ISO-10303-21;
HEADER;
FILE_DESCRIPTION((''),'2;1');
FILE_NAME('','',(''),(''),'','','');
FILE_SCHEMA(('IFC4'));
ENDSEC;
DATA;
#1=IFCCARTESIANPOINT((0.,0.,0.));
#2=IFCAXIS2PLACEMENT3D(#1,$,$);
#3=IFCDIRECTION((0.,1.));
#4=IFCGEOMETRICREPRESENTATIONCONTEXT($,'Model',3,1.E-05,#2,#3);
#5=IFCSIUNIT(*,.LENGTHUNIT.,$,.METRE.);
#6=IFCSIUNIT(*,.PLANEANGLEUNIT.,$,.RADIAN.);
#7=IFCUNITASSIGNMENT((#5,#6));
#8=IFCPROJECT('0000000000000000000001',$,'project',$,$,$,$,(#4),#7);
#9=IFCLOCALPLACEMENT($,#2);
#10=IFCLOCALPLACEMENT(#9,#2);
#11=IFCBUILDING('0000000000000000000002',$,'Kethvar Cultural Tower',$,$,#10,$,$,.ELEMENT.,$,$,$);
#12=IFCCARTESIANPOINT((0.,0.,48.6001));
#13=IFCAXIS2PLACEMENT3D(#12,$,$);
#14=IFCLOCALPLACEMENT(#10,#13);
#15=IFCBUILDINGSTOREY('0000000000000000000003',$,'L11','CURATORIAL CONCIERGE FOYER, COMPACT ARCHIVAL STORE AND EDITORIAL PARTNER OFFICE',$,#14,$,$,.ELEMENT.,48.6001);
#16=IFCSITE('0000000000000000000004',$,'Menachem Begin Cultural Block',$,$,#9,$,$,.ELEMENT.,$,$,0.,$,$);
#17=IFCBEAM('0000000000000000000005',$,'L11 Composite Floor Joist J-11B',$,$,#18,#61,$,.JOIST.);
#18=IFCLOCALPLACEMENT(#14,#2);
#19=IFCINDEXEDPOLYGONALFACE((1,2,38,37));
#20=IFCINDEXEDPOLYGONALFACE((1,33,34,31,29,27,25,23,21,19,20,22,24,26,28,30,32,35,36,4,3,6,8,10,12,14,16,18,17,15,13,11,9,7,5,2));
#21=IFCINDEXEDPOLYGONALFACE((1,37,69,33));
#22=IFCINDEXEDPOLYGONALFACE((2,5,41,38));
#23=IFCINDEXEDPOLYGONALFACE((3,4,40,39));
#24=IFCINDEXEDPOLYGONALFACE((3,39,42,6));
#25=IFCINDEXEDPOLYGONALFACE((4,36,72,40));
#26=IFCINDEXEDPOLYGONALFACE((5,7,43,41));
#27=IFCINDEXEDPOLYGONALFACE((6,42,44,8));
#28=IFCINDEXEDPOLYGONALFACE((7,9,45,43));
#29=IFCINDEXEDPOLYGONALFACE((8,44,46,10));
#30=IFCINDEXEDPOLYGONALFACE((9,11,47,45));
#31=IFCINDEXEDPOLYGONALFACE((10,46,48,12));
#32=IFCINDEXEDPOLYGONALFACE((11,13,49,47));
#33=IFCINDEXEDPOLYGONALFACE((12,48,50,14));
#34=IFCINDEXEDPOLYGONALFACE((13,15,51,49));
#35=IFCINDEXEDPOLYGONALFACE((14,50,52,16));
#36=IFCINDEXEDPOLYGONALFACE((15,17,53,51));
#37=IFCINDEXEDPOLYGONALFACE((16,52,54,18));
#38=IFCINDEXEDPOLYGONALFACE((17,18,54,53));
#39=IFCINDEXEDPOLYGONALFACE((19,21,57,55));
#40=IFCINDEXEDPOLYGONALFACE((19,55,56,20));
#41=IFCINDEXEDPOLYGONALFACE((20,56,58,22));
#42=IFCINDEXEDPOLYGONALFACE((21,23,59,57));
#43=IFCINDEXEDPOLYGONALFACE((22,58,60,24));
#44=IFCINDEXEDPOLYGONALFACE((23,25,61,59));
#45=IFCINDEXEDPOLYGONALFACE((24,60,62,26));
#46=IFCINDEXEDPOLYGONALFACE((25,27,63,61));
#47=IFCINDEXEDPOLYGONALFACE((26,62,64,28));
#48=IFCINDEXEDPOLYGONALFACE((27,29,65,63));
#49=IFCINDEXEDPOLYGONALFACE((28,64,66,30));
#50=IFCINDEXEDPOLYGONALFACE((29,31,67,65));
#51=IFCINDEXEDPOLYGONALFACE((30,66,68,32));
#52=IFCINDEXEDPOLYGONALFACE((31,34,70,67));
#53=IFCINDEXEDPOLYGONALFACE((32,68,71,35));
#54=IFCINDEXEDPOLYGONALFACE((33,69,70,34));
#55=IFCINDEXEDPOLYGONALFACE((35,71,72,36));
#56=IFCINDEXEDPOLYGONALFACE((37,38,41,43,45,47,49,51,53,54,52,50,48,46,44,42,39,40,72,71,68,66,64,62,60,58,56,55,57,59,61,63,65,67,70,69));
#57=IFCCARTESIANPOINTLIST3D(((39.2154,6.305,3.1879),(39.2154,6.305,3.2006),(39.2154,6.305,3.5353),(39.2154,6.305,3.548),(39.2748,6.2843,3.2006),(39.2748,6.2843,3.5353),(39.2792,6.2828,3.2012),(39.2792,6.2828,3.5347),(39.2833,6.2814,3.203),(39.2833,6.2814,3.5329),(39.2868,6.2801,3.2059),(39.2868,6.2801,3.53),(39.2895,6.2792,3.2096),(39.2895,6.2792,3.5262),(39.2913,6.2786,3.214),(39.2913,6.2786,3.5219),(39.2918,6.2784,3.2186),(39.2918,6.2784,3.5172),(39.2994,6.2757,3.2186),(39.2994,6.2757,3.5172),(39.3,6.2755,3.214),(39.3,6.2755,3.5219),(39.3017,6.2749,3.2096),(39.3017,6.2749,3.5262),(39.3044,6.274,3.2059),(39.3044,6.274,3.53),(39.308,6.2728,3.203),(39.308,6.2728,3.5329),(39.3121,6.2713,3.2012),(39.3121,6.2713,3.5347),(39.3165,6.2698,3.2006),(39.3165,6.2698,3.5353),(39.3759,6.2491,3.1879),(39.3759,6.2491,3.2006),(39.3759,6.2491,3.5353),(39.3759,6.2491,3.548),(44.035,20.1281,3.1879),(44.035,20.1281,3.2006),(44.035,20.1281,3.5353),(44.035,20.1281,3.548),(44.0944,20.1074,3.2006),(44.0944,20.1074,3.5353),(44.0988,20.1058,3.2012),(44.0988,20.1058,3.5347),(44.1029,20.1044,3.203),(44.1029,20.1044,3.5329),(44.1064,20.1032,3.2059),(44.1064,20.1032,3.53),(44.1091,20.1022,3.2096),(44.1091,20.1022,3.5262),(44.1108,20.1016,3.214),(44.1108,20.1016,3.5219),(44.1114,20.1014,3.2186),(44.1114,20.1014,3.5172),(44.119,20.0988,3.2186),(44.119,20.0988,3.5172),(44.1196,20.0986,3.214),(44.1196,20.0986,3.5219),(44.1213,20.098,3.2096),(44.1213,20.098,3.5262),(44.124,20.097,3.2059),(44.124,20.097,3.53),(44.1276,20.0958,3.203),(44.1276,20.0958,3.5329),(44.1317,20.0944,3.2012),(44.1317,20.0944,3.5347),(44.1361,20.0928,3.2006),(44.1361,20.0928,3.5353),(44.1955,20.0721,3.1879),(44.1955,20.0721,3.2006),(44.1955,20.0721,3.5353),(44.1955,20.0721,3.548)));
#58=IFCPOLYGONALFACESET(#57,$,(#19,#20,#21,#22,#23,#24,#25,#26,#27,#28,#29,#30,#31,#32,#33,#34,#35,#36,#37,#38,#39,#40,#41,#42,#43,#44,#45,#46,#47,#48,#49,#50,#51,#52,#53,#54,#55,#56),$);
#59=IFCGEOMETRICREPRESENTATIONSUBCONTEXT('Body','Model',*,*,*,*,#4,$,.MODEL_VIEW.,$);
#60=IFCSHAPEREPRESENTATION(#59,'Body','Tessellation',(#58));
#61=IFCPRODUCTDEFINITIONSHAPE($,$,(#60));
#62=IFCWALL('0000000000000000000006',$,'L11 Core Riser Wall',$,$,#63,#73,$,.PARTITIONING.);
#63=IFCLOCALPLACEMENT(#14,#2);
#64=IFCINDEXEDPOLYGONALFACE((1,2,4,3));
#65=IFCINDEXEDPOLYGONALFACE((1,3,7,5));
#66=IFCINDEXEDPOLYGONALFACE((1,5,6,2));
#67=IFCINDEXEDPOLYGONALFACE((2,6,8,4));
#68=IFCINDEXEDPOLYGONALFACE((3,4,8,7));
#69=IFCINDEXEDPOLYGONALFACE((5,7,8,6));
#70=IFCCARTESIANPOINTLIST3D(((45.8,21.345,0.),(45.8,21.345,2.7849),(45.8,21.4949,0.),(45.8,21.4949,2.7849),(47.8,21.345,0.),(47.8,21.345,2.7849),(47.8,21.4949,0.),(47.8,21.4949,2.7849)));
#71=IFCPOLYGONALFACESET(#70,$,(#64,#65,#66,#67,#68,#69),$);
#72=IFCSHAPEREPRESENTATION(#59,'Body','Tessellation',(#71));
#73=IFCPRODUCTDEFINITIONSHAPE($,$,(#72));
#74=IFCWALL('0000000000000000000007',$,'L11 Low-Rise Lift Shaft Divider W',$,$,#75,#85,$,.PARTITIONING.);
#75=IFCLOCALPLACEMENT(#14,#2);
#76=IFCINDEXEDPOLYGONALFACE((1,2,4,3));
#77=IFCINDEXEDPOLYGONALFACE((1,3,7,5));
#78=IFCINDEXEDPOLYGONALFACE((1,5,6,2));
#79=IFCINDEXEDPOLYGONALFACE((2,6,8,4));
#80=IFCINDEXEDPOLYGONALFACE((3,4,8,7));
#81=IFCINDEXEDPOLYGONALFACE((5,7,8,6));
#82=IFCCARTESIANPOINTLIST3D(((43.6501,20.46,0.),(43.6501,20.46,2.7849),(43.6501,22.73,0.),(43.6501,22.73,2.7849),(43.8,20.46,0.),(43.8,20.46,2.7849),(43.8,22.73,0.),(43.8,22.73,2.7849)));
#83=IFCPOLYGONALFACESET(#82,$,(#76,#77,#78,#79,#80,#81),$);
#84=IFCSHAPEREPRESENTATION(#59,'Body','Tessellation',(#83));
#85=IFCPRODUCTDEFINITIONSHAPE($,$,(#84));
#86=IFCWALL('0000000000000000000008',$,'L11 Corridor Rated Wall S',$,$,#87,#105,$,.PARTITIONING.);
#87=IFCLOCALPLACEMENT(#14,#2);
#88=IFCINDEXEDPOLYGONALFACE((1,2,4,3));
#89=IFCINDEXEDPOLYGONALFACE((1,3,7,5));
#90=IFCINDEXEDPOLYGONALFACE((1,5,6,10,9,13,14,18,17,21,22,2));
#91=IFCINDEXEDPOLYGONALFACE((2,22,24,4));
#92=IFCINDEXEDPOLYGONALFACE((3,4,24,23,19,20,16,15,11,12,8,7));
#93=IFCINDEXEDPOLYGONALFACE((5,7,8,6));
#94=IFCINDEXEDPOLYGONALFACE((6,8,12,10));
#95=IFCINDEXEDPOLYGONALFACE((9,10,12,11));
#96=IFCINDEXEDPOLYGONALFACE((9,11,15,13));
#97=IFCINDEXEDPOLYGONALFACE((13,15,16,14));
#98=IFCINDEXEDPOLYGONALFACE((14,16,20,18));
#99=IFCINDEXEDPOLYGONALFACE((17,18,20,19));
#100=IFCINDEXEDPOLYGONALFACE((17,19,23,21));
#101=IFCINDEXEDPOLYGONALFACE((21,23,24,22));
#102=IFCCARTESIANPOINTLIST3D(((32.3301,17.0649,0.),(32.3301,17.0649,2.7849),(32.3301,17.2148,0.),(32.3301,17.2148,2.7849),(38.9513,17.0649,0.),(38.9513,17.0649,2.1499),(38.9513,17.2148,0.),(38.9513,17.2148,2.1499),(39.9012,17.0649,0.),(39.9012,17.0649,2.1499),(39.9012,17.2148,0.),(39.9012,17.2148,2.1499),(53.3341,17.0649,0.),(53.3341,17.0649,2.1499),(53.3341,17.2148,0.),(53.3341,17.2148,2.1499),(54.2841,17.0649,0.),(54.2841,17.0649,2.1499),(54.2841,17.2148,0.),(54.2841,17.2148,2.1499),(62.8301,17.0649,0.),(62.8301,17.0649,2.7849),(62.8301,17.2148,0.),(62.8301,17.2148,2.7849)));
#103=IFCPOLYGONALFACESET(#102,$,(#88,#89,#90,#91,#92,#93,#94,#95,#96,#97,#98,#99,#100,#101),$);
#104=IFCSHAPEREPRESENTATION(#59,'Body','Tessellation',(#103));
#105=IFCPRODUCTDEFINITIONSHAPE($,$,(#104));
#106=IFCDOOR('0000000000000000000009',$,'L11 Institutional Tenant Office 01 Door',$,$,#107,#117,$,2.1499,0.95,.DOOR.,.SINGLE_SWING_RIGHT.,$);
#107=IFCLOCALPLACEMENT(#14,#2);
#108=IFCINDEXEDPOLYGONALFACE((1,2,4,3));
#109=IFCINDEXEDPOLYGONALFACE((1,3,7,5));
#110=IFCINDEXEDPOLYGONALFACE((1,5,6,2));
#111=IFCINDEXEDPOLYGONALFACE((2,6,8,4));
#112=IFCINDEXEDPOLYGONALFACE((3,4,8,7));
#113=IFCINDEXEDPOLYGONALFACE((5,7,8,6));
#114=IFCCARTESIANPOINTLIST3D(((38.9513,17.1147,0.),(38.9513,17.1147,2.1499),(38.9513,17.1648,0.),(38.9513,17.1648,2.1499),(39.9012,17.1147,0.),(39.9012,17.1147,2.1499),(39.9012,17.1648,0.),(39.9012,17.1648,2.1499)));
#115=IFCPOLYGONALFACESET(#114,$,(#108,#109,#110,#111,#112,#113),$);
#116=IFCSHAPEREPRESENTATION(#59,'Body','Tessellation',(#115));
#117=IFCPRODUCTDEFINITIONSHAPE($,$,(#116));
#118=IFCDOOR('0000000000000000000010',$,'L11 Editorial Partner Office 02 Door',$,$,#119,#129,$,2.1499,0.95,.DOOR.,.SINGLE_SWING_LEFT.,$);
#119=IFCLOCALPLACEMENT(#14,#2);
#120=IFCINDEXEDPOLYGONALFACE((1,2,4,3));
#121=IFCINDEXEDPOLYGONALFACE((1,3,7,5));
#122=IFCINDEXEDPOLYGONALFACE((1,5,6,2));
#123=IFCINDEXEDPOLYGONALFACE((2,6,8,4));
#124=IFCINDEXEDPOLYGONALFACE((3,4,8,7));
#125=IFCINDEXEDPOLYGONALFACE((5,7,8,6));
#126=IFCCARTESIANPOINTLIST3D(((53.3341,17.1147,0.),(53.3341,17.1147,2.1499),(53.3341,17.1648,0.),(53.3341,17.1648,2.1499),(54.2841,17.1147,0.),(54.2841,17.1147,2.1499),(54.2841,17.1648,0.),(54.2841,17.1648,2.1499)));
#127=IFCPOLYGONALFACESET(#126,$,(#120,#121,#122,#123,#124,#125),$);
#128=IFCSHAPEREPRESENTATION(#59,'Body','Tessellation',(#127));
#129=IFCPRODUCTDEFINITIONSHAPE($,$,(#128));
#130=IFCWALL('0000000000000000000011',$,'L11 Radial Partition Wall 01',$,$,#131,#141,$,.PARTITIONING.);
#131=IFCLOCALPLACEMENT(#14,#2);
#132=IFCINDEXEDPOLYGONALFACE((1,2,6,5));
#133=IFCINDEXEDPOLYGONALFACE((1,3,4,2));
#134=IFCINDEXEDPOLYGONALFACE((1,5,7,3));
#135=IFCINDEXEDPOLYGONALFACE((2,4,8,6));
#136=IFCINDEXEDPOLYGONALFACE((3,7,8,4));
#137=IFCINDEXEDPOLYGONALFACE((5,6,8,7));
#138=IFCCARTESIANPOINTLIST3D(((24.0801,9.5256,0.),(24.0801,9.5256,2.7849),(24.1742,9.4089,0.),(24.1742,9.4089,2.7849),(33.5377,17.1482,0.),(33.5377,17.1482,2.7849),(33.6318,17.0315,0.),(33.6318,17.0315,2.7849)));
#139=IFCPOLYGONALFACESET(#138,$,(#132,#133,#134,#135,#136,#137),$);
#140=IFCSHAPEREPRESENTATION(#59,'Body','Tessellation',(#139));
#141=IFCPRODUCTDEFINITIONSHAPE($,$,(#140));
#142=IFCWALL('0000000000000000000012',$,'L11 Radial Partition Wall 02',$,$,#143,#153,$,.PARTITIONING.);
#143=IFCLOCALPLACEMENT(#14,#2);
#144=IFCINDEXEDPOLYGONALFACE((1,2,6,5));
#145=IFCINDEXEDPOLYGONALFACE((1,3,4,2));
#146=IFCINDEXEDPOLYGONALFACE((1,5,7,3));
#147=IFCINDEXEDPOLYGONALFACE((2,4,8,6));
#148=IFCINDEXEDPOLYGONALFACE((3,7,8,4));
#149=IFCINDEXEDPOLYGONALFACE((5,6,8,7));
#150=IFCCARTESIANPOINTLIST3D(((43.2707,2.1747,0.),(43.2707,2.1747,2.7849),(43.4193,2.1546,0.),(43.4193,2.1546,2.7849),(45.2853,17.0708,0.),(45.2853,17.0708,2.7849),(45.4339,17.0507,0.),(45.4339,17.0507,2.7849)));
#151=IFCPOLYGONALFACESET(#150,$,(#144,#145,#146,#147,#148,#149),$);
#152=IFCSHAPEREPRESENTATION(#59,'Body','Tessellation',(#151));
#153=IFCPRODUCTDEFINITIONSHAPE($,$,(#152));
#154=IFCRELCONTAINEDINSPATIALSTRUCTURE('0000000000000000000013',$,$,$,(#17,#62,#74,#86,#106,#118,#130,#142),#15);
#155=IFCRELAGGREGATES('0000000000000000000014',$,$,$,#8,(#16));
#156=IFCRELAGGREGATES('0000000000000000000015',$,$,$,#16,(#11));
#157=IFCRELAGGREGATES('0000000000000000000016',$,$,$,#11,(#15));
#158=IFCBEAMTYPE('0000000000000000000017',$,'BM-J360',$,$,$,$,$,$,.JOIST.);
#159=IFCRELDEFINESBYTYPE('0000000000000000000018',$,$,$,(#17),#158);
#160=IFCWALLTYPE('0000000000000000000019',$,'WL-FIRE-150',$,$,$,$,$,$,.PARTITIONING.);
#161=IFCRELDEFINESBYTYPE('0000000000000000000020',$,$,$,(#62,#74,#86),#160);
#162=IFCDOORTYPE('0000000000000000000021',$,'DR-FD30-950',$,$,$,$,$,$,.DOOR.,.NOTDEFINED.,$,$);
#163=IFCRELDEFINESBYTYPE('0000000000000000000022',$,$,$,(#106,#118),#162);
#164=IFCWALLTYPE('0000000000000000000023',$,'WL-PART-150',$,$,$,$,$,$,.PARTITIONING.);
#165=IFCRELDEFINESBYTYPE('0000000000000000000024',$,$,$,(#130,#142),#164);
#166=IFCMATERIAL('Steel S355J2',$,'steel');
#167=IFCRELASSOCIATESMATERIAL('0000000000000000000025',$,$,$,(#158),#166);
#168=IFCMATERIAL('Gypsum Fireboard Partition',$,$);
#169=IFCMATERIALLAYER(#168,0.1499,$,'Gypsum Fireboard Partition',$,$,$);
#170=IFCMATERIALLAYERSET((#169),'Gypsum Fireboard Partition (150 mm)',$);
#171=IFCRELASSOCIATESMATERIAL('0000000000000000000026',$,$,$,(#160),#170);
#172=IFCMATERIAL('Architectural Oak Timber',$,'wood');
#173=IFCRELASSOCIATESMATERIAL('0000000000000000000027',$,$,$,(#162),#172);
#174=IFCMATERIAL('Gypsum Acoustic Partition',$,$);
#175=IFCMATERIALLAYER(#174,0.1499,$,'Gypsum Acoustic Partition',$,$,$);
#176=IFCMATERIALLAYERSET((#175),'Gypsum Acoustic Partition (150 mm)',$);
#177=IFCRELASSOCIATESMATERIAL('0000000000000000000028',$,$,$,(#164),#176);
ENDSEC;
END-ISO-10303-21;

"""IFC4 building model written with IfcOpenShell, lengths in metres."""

from ifc_helpers import new_model, si_unit, direction, frame, frame_2d, origin, origin_2d, place, context, subcontext, project, spatial, rectangle, i_section, extrude, source, transform, mapped, material, layer, layer_set, material_profile, profile_set, type_object, element, fill, save


model = new_model("IFC4")

# Units and contexts
model_context = context("Model", 3, precision=1e-05, world=origin(), true_north=direction((0.0, 1.0)))
body_context = subcontext(model_context, "Body", "Model", "MODEL_VIEW")
ifc_project = project(units=[si_unit("LENGTHUNIT", "METRE"), si_unit("PLANEANGLEUNIT", "RADIAN")], contexts=[model_context])

# Site, building, storey
site_placement = place(None, origin())
site = spatial("IfcSite", under=ifc_project, at=site_placement, Name="Menachem Begin Cultural Block", CompositionType="ELEMENT", RefElevation=0.0)
building_placement = place(site_placement, origin())
building = spatial("IfcBuilding", under=site, at=building_placement, Name="Kethvar Cultural Tower", CompositionType="ELEMENT")
storey_placement = place(building_placement, frame((0.0, 0.0, 48.6001)))
storey = spatial("IfcBuildingStorey", under=building, at=storey_placement, Name="L11", Description="CURATORIAL CONCIERGE FOYER, COMPACT ARCHIVAL STORE AND EDITORIAL PARTNER OFFICE", CompositionType="ELEMENT", Elevation=48.6001)

# Beam
ifc_material_1 = material(Name="Steel S355J2", Category="steel")
ifc_material_profile_1 = material_profile(ifc_material_1, i_section(OverallWidth=0.1699, OverallDepth=0.3601, WebThickness=0.0081, FlangeThickness=0.0127, FilletRadius=0.0181, at=origin_2d()), Name="Steel S355J2 — IPE360")
ifc_profile_set_1 = profile_set([ifc_material_profile_1], Name="Steel S355J2 — IPE360")
beam_type_1 = type_object("IfcBeamType", Name="BM-J360", PredefinedType="JOIST", material=ifc_profile_set_1)
shared_shape_1 = source(origin(), body_context, "Body", "SweptSolid", [
    extrude(i_section(OverallWidth=0.1699, OverallDepth=0.3601, WebThickness=0.0081, FlangeThickness=0.0127, FilletRadius=0.0181, at=origin_2d()), origin(), (0.0, 0.0, 1.0), 14.6392),
])
beam_1_placement = place(storey_placement, frame((44.1152, 20.1001, 3.3679), z_axis=(-0.329226, -0.944251, 0.0), x_axis=(0.944251, -0.329226, 0.0)))
element("IfcBeam", 1, at=beam_1_placement, inside=storey, type_object=beam_type_1, Name="L11 Composite Floor Joist J-11B", PredefinedType="JOIST", context=body_context, shape_type="MappedRepresentation", body=[
    mapped(shared_shape_1, transform((0.0, 0.0, 0.0), scale=1.0)),
])

# Walls
ifc_material_2 = material(Name="Gypsum Fireboard Partition")
ifc_layer_1 = layer(ifc_material_2, 0.1499, Name="Gypsum Fireboard Partition")
ifc_layer_set_1 = layer_set([ifc_layer_1], Name="Gypsum Fireboard Partition (150 mm)")
wall_type_1 = type_object("IfcWallType", Name="WL-FIRE-150", PredefinedType="PARTITIONING", material=ifc_layer_set_1)
wall_1_placement = place(storey_placement, frame((45.8, 21.4199, 0.0), z_axis=(0.0, 0.0, 1.0), x_axis=(1.0, 0.0, 0.0)))
element("IfcWall", 2, at=wall_1_placement, inside=storey, type_object=wall_type_1, Name="L11 Core Riser Wall", PredefinedType="PARTITIONING", context=body_context, shape_type="SweptSolid", body=[
    extrude(rectangle(XDim=2.0, YDim=0.1499, at=frame_2d((1.0, 0.0))), origin(), (0.0, 0.0, 1.0), 2.7849),
])
wall_2_placement = place(storey_placement, frame((43.7251, 20.46, 0.0), z_axis=(0.0, 0.0, 1.0), x_axis=(0.0, 1.0, 0.0)))
element("IfcWall", 3, at=wall_2_placement, inside=storey, type_object=wall_type_1, Name="L11 Low-Rise Lift Shaft Divider W", PredefinedType="PARTITIONING", context=body_context, shape_type="SweptSolid", body=[
    extrude(rectangle(XDim=2.27, YDim=0.1499, at=frame_2d((1.135, 0.0))), origin(), (0.0, 0.0, 1.0), 2.7849),
])

# Wall, openings, doors
wall_3_placement = place(storey_placement, frame((32.3301, 17.1399, 0.0), z_axis=(0.0, 0.0, 1.0), x_axis=(1.0, 0.0, 0.0)))
wall_3 = element("IfcWall", 4, at=wall_3_placement, inside=storey, type_object=wall_type_1, Name="L11 Corridor Rated Wall S", PredefinedType="PARTITIONING", context=body_context, shape_type="SweptSolid", body=[
    extrude(rectangle(XDim=30.5, YDim=0.1499, at=frame_2d((15.25, 0.0))), origin(), (0.0, 0.0, 1.0), 2.7849),
])
opening_1_placement = place(wall_3_placement, frame((6.6211, 0.0, 0.0)))
opening_1 = element("IfcOpeningElement", 5, at=opening_1_placement, cuts=wall_3, PredefinedType="OPENING", context=body_context, shape_type="SweptSolid", body=[
    extrude(rectangle(XDim=0.95, YDim=2.1499, at=frame_2d((0.4751, 1.075))), frame((0.0, 0.085, 0.0), z_axis=(0.0, -1.0, 0.0), x_axis=(1.0, 0.0, 0.0)), (0.0, 0.0, 1.0), 0.1699),
])
opening_2_placement = place(wall_3_placement, frame((21.0039, 0.0, 0.0)))
opening_2 = element("IfcOpeningElement", 6, at=opening_2_placement, cuts=wall_3, PredefinedType="OPENING", context=body_context, shape_type="SweptSolid", body=[
    extrude(rectangle(XDim=0.95, YDim=2.1499, at=frame_2d((0.4751, 1.075))), frame((0.0, 0.085, 0.0), z_axis=(0.0, -1.0, 0.0), x_axis=(1.0, 0.0, 0.0)), (0.0, 0.0, 1.0), 0.1699),
])
ifc_material_3 = material(Name="Architectural Oak Timber", Category="wood")
door_type_1 = type_object("IfcDoorType", Name="DR-FD30-950", OperationType="NOTDEFINED", PredefinedType="DOOR", material=ifc_material_3)
shared_shape_2 = source(origin(), body_context, "Body", "SweptSolid", [
    extrude(rectangle(XDim=0.95, YDim=2.1499, at=frame_2d((0.4751, 1.075))), frame((0.0, 0.0249, 0.0), z_axis=(0.0, -1.0, 0.0), x_axis=(1.0, 0.0, 0.0)), (0.0, 0.0, 1.0), 0.05),
])
door_1_placement = place(opening_1_placement, origin())
door_1 = element("IfcDoor", 7, at=door_1_placement, inside=storey, type_object=door_type_1, Name="L11 Institutional Tenant Office 01 Door", OperationType="SINGLE_SWING_RIGHT", OverallHeight=2.1499, OverallWidth=0.95, PredefinedType="DOOR", context=body_context, shape_type="MappedRepresentation", body=[
    mapped(shared_shape_2, transform((0.0, 0.0, 0.0), scale=1.0)),
])
fill(opening_1, door_1)
door_2_placement = place(opening_2_placement, origin())
door_2 = element("IfcDoor", 8, at=door_2_placement, inside=storey, type_object=door_type_1, Name="L11 Editorial Partner Office 02 Door", OperationType="SINGLE_SWING_LEFT", OverallHeight=2.1499, OverallWidth=0.95, PredefinedType="DOOR", context=body_context, shape_type="MappedRepresentation", body=[
    mapped(shared_shape_2, transform((0.0, 0.0, 0.0), scale=1.0)),
])
fill(opening_2, door_2)

# Walls
ifc_material_4 = material(Name="Gypsum Acoustic Partition")
ifc_layer_2 = layer(ifc_material_4, 0.1499, Name="Gypsum Acoustic Partition")
ifc_layer_set_2 = layer_set([ifc_layer_2], Name="Gypsum Acoustic Partition (150 mm)")
wall_type_2 = type_object("IfcWallType", Name="WL-PART-150", PredefinedType="PARTITIONING", material=ifc_layer_set_2)
wall_4_placement = place(storey_placement, frame((33.5847, 17.0898, 0.0), z_axis=(0.0, 0.0, 1.0), x_axis=(-0.778593, -0.627529, 0.0)))
element("IfcWall", 9, at=wall_4_placement, inside=storey, type_object=wall_type_2, Name="L11 Radial Partition Wall 01", PredefinedType="PARTITIONING", context=body_context, shape_type="SweptSolid", body=[
    extrude(rectangle(XDim=12.147, YDim=0.1499, at=frame_2d((6.0735, 0.0))), origin(), (0.0, 0.0, 1.0), 2.7849),
])
wall_5_placement = place(storey_placement, frame((45.3596, 17.0608, 0.0), z_axis=(0.0, 0.0, 1.0), x_axis=(-0.134025, -0.990978, 0.0)))
element("IfcWall", 10, at=wall_5_placement, inside=storey, type_object=wall_type_2, Name="L11 Radial Partition Wall 02", PredefinedType="PARTITIONING", context=body_context, shape_type="SweptSolid", body=[
    extrude(rectangle(XDim=15.0317, YDim=0.1499, at=frame_2d((7.5159, 0.0))), origin(), (0.0, 0.0, 1.0), 2.7849),
])

save(model, "model.ifc")
